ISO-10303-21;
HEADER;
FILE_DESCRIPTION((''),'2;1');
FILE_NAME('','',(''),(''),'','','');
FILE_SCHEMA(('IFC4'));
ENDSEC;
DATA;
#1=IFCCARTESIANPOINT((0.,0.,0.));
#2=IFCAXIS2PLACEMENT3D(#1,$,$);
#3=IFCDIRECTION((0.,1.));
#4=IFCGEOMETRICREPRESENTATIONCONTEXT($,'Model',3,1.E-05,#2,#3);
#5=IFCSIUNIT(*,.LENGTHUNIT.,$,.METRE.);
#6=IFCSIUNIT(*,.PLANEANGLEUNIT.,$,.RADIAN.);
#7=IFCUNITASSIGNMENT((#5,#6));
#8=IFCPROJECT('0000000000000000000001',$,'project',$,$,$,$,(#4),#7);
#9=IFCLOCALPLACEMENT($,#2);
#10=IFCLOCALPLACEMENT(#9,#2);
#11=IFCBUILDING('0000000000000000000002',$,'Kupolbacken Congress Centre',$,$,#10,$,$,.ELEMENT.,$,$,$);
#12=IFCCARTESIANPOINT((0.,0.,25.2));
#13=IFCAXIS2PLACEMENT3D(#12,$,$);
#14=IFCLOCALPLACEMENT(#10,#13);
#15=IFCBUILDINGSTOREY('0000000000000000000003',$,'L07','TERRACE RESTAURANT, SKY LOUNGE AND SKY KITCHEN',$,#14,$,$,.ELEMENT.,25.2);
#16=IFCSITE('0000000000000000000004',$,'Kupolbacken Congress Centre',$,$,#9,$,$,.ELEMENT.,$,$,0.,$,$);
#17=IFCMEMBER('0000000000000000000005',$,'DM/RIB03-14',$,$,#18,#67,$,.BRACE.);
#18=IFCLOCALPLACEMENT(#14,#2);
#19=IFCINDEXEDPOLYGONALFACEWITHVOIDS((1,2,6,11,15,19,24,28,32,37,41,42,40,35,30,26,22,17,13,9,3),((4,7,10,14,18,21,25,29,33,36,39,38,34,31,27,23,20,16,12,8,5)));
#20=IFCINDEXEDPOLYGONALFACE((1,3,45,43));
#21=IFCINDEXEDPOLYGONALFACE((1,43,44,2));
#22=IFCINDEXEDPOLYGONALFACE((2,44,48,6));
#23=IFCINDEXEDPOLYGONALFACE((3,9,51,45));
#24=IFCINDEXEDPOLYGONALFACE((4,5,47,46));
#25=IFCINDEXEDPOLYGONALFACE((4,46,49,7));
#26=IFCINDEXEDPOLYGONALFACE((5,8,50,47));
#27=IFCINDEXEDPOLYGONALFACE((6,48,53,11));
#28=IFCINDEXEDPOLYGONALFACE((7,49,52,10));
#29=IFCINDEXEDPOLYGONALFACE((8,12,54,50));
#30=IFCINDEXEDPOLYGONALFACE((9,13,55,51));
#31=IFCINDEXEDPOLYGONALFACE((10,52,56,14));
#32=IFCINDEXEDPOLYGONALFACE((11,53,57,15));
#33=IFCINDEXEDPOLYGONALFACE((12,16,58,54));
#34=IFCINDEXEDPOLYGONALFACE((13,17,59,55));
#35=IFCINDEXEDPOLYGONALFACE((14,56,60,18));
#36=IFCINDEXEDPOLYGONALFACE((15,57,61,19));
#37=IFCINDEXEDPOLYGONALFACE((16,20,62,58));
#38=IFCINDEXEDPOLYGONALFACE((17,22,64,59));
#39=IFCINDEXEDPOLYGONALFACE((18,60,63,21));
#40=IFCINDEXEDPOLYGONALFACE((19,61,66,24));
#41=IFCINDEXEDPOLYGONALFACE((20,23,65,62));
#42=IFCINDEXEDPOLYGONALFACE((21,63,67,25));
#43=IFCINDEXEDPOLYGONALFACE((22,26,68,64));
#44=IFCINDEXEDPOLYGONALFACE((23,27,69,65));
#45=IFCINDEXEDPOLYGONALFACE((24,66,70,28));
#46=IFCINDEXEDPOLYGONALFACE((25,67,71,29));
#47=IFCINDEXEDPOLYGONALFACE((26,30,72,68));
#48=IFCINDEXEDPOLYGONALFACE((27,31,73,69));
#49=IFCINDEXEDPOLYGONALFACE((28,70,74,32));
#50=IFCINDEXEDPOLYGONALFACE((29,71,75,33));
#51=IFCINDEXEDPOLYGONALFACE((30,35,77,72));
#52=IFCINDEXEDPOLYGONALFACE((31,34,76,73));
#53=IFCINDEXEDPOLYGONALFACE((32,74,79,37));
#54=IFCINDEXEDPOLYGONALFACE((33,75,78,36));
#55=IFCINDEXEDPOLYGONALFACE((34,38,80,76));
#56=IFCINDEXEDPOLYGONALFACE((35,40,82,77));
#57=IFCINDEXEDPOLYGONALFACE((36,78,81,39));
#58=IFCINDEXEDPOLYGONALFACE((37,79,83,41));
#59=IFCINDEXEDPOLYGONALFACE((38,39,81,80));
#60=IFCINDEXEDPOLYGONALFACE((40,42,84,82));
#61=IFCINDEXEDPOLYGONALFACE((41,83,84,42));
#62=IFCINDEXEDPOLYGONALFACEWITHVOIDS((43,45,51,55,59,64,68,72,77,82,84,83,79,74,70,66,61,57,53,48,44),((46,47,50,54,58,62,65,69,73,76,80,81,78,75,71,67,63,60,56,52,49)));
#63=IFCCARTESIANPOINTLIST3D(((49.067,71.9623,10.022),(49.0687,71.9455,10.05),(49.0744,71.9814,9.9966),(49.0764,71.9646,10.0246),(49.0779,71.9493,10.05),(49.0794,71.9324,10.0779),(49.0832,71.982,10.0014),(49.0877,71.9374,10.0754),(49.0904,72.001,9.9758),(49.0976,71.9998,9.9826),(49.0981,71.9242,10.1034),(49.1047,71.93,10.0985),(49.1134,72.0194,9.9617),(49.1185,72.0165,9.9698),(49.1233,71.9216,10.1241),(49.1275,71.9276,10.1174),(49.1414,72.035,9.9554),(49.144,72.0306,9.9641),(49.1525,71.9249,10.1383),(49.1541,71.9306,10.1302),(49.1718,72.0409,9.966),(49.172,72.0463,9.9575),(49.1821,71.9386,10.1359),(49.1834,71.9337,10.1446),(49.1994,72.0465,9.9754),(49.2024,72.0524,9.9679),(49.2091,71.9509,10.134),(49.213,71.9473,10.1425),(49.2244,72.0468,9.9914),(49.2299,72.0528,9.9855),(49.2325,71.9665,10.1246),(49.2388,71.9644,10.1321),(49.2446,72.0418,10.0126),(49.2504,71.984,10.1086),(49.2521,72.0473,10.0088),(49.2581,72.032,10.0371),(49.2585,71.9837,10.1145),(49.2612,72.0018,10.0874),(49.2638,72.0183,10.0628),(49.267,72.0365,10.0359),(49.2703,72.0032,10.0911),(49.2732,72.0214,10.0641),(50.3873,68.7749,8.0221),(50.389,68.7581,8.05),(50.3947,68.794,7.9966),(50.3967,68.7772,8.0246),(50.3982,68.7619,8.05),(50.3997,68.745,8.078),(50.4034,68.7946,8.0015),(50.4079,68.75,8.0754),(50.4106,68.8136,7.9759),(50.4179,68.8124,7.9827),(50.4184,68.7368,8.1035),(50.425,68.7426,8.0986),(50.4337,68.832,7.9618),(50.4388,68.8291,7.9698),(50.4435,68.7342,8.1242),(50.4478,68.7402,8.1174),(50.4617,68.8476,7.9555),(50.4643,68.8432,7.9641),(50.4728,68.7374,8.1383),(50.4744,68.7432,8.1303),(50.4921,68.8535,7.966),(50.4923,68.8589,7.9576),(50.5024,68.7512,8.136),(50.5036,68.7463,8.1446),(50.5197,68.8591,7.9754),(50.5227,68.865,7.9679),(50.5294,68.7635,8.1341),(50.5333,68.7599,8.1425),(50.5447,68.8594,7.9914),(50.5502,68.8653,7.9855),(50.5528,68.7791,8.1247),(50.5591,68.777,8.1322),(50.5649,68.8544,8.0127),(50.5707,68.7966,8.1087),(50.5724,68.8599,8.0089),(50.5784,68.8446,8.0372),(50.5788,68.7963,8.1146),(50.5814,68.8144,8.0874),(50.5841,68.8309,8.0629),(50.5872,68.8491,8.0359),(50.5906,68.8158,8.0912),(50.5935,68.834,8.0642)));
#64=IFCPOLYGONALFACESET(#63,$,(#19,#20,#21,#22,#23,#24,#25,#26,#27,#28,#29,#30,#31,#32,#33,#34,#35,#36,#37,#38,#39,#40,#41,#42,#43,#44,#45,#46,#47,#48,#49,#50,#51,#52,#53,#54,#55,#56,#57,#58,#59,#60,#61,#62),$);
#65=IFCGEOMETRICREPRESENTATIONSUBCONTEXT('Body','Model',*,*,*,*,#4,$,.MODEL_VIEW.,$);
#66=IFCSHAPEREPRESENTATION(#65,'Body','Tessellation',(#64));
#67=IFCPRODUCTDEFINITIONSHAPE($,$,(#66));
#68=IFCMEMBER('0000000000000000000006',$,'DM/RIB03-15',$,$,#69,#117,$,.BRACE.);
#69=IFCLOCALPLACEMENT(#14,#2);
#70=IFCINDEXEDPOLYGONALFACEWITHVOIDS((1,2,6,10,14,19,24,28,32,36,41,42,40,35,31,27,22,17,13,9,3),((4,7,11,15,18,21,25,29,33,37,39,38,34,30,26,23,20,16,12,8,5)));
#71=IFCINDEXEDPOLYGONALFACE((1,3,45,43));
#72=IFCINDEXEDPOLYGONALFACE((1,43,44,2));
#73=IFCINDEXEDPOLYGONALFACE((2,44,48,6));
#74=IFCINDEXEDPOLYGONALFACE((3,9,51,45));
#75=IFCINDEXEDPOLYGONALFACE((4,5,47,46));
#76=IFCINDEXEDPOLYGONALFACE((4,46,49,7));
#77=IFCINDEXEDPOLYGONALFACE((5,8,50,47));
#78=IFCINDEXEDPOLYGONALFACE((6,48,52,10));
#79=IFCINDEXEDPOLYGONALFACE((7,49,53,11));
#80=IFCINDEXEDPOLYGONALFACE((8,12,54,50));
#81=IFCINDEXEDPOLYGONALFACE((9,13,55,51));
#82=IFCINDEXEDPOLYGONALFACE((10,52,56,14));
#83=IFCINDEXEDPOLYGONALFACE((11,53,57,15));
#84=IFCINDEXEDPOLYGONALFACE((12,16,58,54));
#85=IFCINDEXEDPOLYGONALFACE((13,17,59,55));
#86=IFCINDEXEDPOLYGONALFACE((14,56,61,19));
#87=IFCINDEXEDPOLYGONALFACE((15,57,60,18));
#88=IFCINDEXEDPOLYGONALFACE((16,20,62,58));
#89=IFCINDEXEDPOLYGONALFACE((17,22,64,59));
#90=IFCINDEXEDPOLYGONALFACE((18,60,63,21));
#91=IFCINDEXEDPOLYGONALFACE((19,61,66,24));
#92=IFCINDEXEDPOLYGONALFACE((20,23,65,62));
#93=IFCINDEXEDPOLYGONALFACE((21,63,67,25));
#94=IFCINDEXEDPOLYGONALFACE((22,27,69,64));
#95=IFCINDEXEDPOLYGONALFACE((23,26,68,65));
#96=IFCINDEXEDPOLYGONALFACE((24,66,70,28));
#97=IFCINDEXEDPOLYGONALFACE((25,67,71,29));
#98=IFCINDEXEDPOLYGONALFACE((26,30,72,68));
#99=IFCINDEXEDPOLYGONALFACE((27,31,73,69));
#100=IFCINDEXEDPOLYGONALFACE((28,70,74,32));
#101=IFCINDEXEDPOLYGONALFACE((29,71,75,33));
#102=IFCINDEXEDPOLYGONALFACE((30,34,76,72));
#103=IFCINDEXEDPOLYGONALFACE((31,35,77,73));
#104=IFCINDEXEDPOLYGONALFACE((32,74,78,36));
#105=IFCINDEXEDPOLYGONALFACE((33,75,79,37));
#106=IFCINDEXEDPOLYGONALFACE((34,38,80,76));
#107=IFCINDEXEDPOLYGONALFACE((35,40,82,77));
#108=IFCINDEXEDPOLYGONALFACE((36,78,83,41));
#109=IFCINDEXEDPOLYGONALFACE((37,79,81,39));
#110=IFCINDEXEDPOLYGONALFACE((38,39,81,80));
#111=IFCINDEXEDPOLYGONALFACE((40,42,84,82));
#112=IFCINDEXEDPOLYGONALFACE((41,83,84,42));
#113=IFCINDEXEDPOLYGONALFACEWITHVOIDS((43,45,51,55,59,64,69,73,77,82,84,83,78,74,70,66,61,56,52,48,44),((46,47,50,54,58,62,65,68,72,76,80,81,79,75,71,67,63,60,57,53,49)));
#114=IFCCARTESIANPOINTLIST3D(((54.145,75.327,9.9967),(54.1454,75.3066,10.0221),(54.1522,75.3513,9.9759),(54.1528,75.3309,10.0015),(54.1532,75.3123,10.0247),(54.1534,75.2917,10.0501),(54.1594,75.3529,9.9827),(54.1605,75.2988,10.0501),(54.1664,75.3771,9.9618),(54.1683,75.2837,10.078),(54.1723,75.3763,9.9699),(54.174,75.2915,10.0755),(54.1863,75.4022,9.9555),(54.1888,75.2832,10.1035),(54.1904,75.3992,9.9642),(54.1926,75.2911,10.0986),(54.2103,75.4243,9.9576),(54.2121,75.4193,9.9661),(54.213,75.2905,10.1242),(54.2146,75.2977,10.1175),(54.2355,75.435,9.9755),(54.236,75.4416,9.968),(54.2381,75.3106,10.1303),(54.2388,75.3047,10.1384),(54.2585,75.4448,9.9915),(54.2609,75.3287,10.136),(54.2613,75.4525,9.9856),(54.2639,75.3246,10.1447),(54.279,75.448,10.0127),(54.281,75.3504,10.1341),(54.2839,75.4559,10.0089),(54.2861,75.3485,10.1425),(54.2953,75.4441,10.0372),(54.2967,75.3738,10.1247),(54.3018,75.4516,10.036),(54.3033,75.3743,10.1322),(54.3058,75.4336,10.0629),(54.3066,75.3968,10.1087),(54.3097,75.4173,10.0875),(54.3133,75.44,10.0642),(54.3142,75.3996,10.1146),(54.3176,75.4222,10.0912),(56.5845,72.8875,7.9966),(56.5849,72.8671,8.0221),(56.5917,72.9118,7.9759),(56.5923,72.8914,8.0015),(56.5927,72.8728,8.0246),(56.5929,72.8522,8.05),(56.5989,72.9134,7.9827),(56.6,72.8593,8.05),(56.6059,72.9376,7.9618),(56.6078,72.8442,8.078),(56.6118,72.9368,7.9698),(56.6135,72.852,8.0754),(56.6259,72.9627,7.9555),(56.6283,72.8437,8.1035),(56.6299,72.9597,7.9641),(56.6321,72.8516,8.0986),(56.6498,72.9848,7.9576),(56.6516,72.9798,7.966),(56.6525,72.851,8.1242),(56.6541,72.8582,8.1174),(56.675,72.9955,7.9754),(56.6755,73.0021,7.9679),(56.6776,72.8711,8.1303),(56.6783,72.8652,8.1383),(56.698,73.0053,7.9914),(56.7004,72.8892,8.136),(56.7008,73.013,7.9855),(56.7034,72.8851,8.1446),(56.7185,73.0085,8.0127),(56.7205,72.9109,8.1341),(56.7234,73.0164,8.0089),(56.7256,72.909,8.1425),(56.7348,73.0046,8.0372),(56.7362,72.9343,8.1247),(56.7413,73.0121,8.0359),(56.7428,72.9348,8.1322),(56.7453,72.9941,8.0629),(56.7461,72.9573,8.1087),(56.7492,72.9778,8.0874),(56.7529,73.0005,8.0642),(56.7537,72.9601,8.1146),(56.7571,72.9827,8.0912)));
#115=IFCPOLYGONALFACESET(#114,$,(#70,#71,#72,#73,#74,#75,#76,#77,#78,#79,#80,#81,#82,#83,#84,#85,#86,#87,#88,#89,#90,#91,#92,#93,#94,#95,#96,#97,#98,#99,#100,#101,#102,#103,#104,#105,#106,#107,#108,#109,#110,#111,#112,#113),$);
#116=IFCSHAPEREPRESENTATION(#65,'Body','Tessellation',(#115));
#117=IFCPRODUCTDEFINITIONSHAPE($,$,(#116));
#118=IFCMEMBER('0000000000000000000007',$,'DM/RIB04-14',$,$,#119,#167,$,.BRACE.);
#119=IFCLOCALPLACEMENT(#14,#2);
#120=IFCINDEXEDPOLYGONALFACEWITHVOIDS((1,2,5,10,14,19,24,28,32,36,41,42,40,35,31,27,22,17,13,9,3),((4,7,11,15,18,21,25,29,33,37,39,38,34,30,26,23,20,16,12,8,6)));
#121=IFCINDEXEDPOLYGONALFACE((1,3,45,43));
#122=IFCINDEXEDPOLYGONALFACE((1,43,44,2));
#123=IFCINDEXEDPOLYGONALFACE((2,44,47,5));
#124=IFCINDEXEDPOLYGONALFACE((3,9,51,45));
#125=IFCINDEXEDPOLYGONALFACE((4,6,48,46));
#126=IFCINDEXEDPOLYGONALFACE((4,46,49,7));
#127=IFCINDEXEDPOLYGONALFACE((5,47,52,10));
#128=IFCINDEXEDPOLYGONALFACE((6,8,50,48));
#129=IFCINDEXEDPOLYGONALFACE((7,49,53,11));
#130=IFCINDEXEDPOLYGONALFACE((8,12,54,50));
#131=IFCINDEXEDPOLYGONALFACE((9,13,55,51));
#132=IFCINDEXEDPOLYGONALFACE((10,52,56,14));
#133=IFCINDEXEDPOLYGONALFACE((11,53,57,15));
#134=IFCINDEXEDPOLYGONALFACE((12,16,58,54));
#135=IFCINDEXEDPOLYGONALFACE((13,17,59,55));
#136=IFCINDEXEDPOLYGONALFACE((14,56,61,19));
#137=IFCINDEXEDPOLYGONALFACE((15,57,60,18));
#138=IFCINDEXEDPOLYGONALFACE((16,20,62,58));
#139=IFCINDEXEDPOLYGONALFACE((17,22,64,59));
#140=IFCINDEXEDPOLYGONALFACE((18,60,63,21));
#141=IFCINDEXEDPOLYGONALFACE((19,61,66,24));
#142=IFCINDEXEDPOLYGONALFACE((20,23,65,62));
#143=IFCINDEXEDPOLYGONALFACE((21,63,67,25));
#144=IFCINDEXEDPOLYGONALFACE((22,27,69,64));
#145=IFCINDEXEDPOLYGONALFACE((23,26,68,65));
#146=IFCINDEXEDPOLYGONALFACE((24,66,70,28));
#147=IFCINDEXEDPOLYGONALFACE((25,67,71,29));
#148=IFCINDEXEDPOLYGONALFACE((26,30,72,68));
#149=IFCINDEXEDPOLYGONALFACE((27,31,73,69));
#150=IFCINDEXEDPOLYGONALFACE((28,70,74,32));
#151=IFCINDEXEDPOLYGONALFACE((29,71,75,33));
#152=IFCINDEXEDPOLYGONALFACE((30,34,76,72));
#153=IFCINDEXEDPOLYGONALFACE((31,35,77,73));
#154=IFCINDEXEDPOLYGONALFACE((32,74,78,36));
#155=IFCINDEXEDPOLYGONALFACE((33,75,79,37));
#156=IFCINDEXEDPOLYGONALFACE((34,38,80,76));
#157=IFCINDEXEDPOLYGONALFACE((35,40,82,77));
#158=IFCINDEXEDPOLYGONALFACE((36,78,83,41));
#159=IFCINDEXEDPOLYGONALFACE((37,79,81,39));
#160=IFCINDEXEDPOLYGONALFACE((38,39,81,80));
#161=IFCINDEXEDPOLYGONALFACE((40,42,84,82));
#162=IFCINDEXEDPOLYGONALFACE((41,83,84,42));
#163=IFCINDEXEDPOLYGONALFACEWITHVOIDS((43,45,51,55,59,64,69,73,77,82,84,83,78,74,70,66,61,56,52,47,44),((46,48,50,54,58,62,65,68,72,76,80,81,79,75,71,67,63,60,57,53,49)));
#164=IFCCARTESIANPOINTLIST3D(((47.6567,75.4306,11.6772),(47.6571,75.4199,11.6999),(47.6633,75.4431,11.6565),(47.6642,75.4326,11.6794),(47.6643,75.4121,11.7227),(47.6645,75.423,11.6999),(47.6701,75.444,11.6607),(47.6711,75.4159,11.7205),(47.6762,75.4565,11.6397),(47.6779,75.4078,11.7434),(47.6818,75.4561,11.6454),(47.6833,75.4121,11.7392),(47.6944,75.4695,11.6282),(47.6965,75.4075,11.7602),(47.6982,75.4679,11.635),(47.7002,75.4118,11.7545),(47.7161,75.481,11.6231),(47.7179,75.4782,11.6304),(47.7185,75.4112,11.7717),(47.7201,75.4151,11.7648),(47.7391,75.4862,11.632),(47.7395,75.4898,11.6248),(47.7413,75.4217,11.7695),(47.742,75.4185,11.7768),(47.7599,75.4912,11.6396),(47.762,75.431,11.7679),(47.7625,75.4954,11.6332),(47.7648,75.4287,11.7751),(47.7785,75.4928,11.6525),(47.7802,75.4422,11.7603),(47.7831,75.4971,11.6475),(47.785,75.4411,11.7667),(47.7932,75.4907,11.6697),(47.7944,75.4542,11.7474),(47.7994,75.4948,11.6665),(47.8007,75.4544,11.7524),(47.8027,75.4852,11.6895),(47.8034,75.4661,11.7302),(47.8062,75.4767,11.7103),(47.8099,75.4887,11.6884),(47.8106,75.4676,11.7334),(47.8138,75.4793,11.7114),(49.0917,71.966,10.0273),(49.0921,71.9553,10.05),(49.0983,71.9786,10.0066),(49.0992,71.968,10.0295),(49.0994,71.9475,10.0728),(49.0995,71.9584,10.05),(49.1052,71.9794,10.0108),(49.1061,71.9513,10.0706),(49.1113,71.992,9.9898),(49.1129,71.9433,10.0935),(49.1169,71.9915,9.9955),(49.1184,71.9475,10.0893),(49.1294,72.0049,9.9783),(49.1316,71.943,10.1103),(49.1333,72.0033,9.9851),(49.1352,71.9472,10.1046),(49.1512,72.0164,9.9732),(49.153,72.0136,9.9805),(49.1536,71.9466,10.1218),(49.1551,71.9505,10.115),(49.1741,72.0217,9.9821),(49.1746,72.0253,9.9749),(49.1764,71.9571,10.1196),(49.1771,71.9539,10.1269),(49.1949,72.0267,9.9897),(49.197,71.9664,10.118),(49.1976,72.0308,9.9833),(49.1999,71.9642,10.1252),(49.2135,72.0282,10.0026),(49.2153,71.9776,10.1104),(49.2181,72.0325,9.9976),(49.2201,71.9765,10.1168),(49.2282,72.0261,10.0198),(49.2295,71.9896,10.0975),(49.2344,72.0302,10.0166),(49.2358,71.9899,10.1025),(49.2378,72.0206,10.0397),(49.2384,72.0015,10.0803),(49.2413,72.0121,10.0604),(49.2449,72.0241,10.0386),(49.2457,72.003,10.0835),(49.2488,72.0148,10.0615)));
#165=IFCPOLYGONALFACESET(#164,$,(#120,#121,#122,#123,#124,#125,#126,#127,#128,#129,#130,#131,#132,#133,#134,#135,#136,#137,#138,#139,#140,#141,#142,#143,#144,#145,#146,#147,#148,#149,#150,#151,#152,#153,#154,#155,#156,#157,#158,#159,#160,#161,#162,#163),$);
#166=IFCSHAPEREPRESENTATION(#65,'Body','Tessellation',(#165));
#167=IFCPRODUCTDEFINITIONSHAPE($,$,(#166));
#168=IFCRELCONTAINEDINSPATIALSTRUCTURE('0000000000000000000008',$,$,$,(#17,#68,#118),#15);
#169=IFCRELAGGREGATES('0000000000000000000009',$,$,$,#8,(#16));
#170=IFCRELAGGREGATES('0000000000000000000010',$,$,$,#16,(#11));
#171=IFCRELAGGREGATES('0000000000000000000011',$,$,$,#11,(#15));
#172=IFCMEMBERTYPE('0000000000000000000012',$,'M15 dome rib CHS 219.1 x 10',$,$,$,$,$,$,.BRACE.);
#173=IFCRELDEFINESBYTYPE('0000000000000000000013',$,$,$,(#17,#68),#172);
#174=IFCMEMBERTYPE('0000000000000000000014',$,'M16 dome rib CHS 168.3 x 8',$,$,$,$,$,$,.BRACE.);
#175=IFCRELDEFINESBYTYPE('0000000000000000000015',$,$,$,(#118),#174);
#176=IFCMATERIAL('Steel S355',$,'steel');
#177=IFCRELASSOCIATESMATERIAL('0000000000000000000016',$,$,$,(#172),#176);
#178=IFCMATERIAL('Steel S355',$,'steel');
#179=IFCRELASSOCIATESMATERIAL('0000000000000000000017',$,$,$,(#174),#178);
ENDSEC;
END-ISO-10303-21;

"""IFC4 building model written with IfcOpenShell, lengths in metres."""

from ifc_helpers import new_model, si_unit, direction, frame, origin, origin_2d, place, context, subcontext, project, spatial, hollow_circle, extrude, material, material_profile, profile_set, type_object, element, save


model = new_model("IFC4")

# Units and contexts
model_context = context("Model", 3, precision=1e-05, world=origin(), true_north=direction((0.0, 1.0)))
body_context = subcontext(model_context, "Body", "Model", "MODEL_VIEW")
ifc_project = project(units=[si_unit("LENGTHUNIT", "METRE"), si_unit("PLANEANGLEUNIT", "RADIAN")], contexts=[model_context])

# Site, building, storey
site_placement = place(None, origin())
site = spatial("IfcSite", under=ifc_project, at=site_placement, Name="Kupolbacken Congress Centre", CompositionType="ELEMENT", RefElevation=0.0)
building_placement = place(site_placement, origin())
building = spatial("IfcBuilding", under=site, at=building_placement, Name="Kupolbacken Congress Centre", CompositionType="ELEMENT")
storey_placement = place(building_placement, frame((0.0, 0.0, 25.2)))
storey = spatial("IfcBuildingStorey", under=building, at=storey_placement, Name="L07", Description="TERRACE RESTAURANT, SKY LOUNGE AND SKY KITCHEN", CompositionType="ELEMENT", Elevation=25.2)

# Members
ifc_material_1 = material(Name="Steel S355", Category="steel")
ifc_material_profile_1 = material_profile(ifc_material_1, hollow_circle(Radius=0.1096, WallThickness=0.01, at=origin_2d()), Name="CHS 219.1 x 10")
ifc_profile_set_1 = profile_set([ifc_material_profile_1], Name="Steel S355")
member_type_1 = type_object("IfcMemberType", Name="M15 dome rib CHS 219.1 x 10", PredefinedType="BRACE", material=ifc_profile_set_1)
for number, where, z_axis, x_axis, name in (
    (1, (50.4902, 68.8, 8.05), (-0.331079, 0.799292, 0.501517), (-0.923879, -0.382685, 0.0), "DM/RIB03-14"),
    (2, (56.6704, 72.9297, 8.05), (-0.611742, 0.611742, 0.50154), (-0.707107, -0.707107, 0.0), "DM/RIB03-15"),
):
    element("IfcMember", number, at=place(storey_placement, frame(where, z_axis=z_axis, x_axis=x_axis)), inside=storey, type_object=member_type_1, Name=name, PredefinedType="BRACE", context=body_context, shape_type="SweptSolid", body=[
        extrude(hollow_circle(Radius=0.1096, WallThickness=0.01, at=origin_2d()), origin(), (0.0, 0.0, 1.0), 3.9878),
    ])
ifc_material_2 = material(Name="Steel S355", Category="steel")
ifc_material_profile_2 = material_profile(ifc_material_2, hollow_circle(Radius=0.0842, WallThickness=0.0081, at=origin_2d()), Name="CHS 168.3 x 8")
ifc_profile_set_2 = profile_set([ifc_material_profile_2], Name="Steel S355")
member_type_2 = type_object("IfcMemberType", Name="M16 dome rib CHS 168.3 x 8", PredefinedType="BRACE", material=ifc_profile_set_2)
for number, where, z_axis, x_axis, name in (
    (3, (49.1699, 71.9875, 10.05), (-0.350275, 0.845653, 0.402715), (-0.923882, -0.382678, 0.0), "DM/RIB04-14"),
):
    element("IfcMember", number, at=place(storey_placement, frame(where, z_axis=z_axis, x_axis=x_axis)), inside=storey, type_object=member_type_2, Name=name, PredefinedType="BRACE", context=body_context, shape_type="SweptSolid", body=[
        extrude(hollow_circle(Radius=0.0842, WallThickness=0.0081, at=origin_2d()), origin(), (0.0, 0.0, 1.0), 4.0969),
    ])

save(model, "model.ifc")
